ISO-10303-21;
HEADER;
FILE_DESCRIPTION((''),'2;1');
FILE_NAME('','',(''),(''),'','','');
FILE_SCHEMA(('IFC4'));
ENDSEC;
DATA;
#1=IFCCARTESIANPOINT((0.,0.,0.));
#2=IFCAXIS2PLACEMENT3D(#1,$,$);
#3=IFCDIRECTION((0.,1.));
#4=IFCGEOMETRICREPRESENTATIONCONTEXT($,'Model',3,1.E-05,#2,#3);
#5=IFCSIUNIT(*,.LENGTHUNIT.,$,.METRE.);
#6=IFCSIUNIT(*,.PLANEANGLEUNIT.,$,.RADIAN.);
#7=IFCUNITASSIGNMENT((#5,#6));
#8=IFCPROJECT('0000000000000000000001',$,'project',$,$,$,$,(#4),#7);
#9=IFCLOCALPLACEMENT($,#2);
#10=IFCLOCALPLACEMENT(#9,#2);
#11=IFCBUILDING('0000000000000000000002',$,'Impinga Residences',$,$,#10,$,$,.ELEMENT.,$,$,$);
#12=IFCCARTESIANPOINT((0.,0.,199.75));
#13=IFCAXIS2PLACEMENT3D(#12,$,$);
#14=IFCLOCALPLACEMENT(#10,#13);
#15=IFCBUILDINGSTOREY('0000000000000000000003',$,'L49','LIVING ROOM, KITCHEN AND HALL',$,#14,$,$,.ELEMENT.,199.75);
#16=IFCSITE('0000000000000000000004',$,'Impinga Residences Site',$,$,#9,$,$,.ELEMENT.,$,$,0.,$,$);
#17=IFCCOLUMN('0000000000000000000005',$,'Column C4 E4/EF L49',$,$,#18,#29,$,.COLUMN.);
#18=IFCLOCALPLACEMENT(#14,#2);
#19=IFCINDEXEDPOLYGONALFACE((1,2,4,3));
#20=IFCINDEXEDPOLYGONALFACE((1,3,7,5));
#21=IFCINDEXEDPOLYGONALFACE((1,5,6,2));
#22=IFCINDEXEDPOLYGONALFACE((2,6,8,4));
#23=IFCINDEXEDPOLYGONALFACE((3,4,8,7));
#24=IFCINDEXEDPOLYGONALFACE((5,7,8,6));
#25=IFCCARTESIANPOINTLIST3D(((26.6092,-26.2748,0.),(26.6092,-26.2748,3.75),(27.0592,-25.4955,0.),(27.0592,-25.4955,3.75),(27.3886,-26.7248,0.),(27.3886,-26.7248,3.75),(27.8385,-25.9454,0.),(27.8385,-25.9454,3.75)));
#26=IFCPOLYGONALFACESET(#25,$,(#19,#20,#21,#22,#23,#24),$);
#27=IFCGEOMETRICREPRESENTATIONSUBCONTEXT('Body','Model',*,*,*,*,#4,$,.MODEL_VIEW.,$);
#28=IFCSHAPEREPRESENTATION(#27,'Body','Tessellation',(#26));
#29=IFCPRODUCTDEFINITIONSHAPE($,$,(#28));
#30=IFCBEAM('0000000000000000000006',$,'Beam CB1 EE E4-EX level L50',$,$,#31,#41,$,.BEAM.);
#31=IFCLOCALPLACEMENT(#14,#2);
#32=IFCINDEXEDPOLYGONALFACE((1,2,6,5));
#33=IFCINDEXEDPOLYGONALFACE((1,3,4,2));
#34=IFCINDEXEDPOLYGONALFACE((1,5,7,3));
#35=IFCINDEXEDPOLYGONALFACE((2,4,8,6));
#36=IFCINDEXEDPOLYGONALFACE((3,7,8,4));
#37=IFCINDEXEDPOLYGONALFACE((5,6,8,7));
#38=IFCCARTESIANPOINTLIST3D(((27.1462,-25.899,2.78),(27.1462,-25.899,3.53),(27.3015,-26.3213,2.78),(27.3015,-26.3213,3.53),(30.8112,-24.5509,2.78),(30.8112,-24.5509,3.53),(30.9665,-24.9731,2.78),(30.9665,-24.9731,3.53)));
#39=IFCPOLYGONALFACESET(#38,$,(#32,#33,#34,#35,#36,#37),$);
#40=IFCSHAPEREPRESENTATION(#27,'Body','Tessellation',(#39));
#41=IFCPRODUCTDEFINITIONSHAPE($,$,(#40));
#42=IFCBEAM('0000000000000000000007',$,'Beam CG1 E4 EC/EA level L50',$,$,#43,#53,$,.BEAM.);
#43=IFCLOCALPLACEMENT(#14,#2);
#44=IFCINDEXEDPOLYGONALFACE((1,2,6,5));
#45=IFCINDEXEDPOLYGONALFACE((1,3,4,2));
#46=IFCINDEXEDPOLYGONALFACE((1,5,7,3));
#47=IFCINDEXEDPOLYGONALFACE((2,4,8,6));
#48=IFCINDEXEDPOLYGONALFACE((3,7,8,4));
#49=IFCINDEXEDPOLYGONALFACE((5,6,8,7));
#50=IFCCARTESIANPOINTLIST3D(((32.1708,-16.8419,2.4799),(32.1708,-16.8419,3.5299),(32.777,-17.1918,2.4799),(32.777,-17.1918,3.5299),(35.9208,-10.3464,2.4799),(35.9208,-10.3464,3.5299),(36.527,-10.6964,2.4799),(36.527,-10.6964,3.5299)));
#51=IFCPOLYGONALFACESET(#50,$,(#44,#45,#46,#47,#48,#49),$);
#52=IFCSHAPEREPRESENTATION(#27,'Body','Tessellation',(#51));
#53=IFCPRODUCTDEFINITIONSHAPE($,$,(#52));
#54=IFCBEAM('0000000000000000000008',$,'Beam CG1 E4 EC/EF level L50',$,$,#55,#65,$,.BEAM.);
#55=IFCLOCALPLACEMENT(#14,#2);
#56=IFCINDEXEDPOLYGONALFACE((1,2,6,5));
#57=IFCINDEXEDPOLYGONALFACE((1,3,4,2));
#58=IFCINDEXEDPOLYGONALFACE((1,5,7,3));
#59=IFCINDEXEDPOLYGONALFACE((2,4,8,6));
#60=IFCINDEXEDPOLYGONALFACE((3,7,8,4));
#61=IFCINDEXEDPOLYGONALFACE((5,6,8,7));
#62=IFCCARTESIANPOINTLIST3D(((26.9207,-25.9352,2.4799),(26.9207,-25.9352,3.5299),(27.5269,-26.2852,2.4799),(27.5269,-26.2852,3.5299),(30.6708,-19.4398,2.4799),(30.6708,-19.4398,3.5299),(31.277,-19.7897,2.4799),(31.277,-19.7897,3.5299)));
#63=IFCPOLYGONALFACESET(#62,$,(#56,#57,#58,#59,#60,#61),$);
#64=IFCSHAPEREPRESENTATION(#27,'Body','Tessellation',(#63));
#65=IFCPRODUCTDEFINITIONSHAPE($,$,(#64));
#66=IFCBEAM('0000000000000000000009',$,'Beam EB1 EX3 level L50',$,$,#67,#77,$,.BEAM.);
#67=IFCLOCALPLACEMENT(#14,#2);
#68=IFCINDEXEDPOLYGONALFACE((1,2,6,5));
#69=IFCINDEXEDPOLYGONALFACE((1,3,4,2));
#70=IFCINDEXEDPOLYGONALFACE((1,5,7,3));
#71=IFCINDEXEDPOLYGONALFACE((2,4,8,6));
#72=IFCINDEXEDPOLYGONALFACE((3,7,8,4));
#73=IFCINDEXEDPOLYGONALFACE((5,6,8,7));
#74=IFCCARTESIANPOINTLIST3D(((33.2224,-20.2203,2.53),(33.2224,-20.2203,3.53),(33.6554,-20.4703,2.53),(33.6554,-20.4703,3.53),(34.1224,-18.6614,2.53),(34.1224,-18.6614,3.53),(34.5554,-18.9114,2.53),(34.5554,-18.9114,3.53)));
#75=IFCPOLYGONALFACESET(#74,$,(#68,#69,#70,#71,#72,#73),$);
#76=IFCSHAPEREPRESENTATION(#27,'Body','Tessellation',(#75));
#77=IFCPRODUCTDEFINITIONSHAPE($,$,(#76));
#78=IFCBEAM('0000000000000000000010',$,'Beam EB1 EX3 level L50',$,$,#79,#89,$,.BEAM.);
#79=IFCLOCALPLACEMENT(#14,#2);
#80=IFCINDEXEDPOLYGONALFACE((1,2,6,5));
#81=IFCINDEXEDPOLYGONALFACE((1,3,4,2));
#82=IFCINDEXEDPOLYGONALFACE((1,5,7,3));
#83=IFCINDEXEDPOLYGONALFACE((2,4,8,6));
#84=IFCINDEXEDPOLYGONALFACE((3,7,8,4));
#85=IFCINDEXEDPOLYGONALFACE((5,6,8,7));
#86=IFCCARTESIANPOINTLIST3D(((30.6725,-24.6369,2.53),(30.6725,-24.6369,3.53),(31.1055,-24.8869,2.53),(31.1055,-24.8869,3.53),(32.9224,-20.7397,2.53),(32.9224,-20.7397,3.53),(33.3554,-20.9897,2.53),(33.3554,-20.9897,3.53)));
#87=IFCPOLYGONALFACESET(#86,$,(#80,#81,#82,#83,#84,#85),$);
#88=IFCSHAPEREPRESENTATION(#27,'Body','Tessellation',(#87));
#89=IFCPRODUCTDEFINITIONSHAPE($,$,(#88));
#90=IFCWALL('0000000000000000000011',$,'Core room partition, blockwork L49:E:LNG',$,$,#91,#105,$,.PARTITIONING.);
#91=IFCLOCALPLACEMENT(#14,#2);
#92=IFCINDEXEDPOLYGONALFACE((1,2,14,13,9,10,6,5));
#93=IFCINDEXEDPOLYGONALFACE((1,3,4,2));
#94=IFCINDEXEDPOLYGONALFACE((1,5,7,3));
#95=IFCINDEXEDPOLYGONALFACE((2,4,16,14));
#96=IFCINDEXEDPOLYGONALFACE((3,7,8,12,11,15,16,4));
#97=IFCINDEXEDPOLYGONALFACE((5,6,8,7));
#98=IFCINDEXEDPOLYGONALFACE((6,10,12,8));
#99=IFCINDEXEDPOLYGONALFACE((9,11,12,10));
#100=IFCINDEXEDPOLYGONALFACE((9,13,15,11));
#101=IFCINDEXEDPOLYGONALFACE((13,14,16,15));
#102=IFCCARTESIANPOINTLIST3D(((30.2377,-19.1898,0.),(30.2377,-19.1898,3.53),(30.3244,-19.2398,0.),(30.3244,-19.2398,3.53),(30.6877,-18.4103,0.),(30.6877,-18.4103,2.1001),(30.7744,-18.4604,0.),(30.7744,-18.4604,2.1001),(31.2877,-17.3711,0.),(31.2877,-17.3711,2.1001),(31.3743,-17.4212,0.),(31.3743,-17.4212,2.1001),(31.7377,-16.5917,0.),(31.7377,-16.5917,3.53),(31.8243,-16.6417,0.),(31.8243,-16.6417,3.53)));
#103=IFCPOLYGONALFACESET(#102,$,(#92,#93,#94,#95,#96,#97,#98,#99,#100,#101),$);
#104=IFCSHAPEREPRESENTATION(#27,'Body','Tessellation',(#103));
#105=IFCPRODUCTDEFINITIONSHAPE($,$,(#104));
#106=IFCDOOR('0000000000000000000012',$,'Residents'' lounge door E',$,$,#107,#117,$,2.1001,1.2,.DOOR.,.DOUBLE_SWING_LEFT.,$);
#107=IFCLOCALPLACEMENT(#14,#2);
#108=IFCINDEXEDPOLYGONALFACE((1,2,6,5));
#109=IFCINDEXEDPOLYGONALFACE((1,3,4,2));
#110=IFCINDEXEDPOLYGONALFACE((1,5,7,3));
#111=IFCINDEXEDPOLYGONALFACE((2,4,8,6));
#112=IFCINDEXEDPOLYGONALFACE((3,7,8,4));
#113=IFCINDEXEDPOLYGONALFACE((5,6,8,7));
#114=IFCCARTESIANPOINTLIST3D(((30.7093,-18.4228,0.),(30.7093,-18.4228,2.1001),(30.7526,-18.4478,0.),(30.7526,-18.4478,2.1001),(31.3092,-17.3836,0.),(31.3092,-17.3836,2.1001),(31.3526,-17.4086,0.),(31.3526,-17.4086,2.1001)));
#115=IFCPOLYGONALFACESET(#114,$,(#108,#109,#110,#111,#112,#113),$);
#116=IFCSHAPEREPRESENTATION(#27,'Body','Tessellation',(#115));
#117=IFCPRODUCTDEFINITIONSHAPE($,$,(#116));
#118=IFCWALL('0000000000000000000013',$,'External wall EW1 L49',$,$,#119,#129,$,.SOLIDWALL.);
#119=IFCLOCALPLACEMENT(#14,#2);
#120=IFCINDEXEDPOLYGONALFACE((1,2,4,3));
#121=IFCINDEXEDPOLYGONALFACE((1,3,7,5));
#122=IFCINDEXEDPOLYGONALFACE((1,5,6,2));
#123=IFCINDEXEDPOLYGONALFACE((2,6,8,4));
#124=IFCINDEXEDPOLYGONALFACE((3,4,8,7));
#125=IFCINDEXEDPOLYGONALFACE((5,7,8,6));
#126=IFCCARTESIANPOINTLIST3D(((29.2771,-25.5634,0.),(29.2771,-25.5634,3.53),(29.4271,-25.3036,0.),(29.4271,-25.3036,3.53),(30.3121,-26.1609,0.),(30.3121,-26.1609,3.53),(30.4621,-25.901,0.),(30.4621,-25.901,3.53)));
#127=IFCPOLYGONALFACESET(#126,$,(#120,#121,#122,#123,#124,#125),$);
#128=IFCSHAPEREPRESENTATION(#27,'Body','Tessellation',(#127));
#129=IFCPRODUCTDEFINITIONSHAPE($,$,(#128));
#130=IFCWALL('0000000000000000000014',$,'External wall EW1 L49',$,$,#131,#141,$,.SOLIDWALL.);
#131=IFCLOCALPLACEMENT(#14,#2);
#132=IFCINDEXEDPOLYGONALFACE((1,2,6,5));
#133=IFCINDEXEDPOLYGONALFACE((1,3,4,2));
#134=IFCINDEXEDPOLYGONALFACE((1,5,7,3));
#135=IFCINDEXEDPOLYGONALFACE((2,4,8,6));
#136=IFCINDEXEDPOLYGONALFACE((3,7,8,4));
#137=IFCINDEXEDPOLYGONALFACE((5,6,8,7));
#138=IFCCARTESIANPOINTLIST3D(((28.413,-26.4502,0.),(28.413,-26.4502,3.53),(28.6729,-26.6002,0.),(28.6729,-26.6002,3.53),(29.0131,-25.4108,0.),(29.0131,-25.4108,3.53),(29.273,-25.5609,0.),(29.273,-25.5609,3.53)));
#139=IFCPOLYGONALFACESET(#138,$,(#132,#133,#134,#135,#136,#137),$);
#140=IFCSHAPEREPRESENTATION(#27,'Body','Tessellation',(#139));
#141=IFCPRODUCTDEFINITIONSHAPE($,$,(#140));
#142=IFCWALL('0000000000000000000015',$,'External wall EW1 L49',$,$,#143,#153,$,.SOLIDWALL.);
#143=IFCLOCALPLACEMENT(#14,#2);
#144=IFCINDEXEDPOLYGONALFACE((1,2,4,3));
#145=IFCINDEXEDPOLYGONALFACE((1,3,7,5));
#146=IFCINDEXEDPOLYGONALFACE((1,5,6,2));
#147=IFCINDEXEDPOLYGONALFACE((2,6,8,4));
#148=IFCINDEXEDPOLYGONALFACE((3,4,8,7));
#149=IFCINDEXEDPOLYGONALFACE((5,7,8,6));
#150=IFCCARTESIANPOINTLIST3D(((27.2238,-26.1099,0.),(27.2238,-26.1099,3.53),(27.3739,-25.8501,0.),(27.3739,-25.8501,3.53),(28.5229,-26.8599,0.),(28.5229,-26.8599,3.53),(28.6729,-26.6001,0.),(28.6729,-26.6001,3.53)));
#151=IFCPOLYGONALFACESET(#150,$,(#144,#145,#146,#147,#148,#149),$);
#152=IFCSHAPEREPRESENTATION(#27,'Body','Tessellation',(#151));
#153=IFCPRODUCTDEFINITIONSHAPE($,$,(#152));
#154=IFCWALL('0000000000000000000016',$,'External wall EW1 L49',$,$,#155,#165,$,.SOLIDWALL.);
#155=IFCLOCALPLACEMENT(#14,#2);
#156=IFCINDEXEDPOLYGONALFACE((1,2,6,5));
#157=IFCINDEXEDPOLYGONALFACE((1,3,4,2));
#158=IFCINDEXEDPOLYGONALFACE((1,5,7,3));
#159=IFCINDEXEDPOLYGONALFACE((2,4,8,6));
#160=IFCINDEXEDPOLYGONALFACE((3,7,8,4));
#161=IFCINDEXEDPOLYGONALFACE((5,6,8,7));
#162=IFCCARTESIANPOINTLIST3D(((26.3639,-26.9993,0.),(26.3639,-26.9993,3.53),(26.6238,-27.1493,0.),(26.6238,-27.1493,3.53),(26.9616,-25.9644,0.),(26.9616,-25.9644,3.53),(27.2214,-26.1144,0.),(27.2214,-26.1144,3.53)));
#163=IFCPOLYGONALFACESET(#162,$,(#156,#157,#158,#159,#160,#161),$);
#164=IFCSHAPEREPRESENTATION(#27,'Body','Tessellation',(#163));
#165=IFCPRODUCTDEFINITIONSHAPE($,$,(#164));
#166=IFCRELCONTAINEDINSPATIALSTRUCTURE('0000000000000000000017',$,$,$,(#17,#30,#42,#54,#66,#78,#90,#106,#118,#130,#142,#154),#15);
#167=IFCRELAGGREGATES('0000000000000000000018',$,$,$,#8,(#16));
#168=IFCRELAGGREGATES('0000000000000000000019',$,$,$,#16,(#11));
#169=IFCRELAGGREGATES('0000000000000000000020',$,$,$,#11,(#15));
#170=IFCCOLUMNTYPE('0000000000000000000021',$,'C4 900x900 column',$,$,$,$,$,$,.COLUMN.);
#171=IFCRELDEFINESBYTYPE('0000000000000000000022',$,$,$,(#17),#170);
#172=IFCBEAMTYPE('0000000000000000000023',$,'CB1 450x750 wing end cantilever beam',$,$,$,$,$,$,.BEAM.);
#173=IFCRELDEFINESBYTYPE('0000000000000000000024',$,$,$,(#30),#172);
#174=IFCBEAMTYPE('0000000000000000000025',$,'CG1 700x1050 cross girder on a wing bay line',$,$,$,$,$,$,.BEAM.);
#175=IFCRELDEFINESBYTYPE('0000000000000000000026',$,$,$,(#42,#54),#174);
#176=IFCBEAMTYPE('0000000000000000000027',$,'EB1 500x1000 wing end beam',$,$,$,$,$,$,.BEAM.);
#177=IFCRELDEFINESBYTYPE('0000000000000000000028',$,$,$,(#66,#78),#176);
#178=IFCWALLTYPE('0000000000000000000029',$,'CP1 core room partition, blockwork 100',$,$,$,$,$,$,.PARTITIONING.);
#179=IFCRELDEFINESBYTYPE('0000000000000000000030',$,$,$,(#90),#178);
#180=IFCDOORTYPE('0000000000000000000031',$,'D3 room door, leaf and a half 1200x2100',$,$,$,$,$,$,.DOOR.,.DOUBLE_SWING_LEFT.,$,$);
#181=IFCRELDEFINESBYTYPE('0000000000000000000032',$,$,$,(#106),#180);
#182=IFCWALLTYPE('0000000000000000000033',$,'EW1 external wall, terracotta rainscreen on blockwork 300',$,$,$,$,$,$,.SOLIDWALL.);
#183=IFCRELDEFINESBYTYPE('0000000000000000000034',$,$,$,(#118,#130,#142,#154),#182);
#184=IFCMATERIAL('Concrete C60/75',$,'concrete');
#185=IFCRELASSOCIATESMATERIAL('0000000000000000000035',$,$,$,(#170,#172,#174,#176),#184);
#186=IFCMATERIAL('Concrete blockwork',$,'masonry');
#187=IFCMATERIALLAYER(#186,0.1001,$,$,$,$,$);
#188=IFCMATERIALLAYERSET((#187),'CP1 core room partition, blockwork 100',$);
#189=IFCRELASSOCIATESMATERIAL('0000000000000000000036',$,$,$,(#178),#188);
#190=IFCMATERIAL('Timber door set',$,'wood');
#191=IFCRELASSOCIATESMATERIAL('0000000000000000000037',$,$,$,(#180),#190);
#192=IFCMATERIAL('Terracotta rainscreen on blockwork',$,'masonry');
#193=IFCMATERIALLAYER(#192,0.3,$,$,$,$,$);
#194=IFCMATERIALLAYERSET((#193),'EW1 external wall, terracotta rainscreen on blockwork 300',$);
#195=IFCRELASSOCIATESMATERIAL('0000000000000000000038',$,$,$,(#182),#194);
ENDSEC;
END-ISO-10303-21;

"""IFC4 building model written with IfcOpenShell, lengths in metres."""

from ifc_helpers import new_model, si_unit, direction, frame, frame_2d, origin, origin_2d, place, context, subcontext, project, spatial, rectangle, extrude, material, layer, layer_set, material_profile, profile_set, type_object, element, fill, save


model = new_model("IFC4")

# Units and contexts
model_context = context("Model", 3, precision=1e-05, world=origin(), true_north=direction((0.0, 1.0)))
body_context = subcontext(model_context, "Body", "Model", "MODEL_VIEW")
ifc_project = project(units=[si_unit("LENGTHUNIT", "METRE"), si_unit("PLANEANGLEUNIT", "RADIAN")], contexts=[model_context])

# Site, building, storey
site_placement = place(None, origin())
site = spatial("IfcSite", under=ifc_project, at=site_placement, Name="Impinga Residences Site", CompositionType="ELEMENT", RefElevation=0.0)
building_placement = place(site_placement, origin())
building = spatial("IfcBuilding", under=site, at=building_placement, Name="Impinga Residences", CompositionType="ELEMENT")
storey_placement = place(building_placement, frame((0.0, 0.0, 199.75)))
storey = spatial("IfcBuildingStorey", under=building, at=storey_placement, Name="L49", Description="LIVING ROOM, KITCHEN AND HALL", CompositionType="ELEMENT", Elevation=199.75)

# Column
ifc_material_1 = material(Name="Concrete C60/75", Category="concrete")
ifc_material_profile_1 = material_profile(ifc_material_1, rectangle(XDim=0.8999, YDim=0.8999, at=origin_2d()), Name="RC 900x900")
ifc_profile_set_1 = profile_set([ifc_material_profile_1], Name="Concrete C60/75")
column_type = type_object("IfcColumnType", Name="C4 900x900 column", PredefinedType="COLUMN", material=ifc_profile_set_1)
column_placement = place(storey_placement, frame((27.2239, -26.1101, 0.0), z_axis=(0.0, 0.0, 1.0), x_axis=(-0.5, -0.866025, 0.0)))
element("IfcColumn", 1, at=column_placement, inside=storey, type_object=column_type, Name="Column C4 E4/EF L49", PredefinedType="COLUMN", context=body_context, shape_type="SweptSolid", body=[
    extrude(rectangle(XDim=0.8999, YDim=0.8999, at=origin_2d()), origin(), (0.0, 0.0, 1.0), 3.75),
])

# Beams
ifc_material_profile_2 = material_profile(ifc_material_1, rectangle(XDim=0.45, YDim=0.75, at=origin_2d()), Name="RC 450x750")
ifc_profile_set_2 = profile_set([ifc_material_profile_2], Name="Concrete C60/75")
beam_type_1 = type_object("IfcBeamType", Name="CB1 450x750 wing end cantilever beam", PredefinedType="BEAM", material=ifc_profile_set_2)
beam_1_placement = place(storey_placement, frame((27.2239, -26.1101, 3.155), z_axis=(0.93852, 0.345224, 0.0), x_axis=(-0.345224, 0.93852, 0.0)))
element("IfcBeam", 2, at=beam_1_placement, inside=storey, type_object=beam_type_1, Name="Beam CB1 EE E4-EX level L50", PredefinedType="BEAM", context=body_context, shape_type="SweptSolid", body=[
    extrude(rectangle(XDim=0.45, YDim=0.75, at=origin_2d()), origin(), (0.0, 0.0, 1.0), 3.905),
])
ifc_material_profile_3 = material_profile(ifc_material_1, rectangle(XDim=0.7, YDim=1.05, at=origin_2d()), Name="RC 700x1050")
ifc_profile_set_3 = profile_set([ifc_material_profile_3], Name="Concrete C60/75")
beam_type_2 = type_object("IfcBeamType", Name="CG1 700x1050 cross girder on a wing bay line", PredefinedType="BEAM", material=ifc_profile_set_3)
for number, where, z_axis, x_axis, name in (
    (3, (32.4739, -17.0168, 3.0049), (0.49999, 0.866031, 0.0), (-0.866031, 0.49999, 0.0), "Beam CG1 E4 EC/EA level L50"),
    (4, (30.9739, -19.6147, 3.0049), (-0.49999, -0.866031, 0.0), (0.866031, -0.49999, 0.0), "Beam CG1 E4 EC/EF level L50"),
):
    element("IfcBeam", number, at=place(storey_placement, frame(where, z_axis=z_axis, x_axis=x_axis)), inside=storey, type_object=beam_type_2, Name=name, PredefinedType="BEAM", context=body_context, shape_type="SweptSolid", body=[
        extrude(rectangle(XDim=0.7, YDim=1.05, at=origin_2d()), origin(), (0.0, 0.0, 1.0), 7.5002),
    ])
ifc_material_profile_4 = material_profile(ifc_material_1, rectangle(XDim=0.5, YDim=1.0, at=origin_2d()), Name="RC 500x1000")
ifc_profile_set_4 = profile_set([ifc_material_profile_4], Name="Concrete C60/75")
beam_type_3 = type_object("IfcBeamType", Name="EB1 500x1000 wing end beam", PredefinedType="BEAM", material=ifc_profile_set_4)
beam_2_placement = place(storey_placement, frame((34.3389, -18.7864, 3.03), z_axis=(-0.499961, -0.866048, 0.0), x_axis=(0.866048, -0.499961, 0.0)))
element("IfcBeam", 5, at=beam_2_placement, inside=storey, type_object=beam_type_3, Name="Beam EB1 EX3 level L50", PredefinedType="BEAM", context=body_context, shape_type="SweptSolid", body=[
    extrude(rectangle(XDim=0.5, YDim=1.0, at=origin_2d()), origin(), (0.0, 0.0, 1.0), 1.8),
])
beam_3_placement = place(storey_placement, frame((33.1389, -20.8647, 3.03), z_axis=(-0.49999, -0.866031, 0.0), x_axis=(0.866031, -0.49999, 0.0)))
element("IfcBeam", 6, at=beam_3_placement, inside=storey, type_object=beam_type_3, Name="Beam EB1 EX3 level L50", PredefinedType="BEAM", context=body_context, shape_type="SweptSolid", body=[
    extrude(rectangle(XDim=0.5, YDim=1.0, at=origin_2d()), origin(), (0.0, 0.0, 1.0), 4.5),
])

# Wall, opening, door
ifc_material_2 = material(Name="Concrete blockwork", Category="masonry")
ifc_layer_1 = layer(ifc_material_2, 0.1001)
ifc_layer_set_1 = layer_set([ifc_layer_1], Name="CP1 core room partition, blockwork 100")
wall_type_1 = type_object("IfcWallType", Name="CP1 core room partition, blockwork 100", PredefinedType="PARTITIONING", material=ifc_layer_set_1)
wall_1_placement = place(storey_placement, frame((31.781, -16.6167, 0.0), z_axis=(0.0, 0.0, 1.0), x_axis=(-0.49999, -0.866031, 0.0)))
wall_1 = element("IfcWall", 7, at=wall_1_placement, inside=storey, type_object=wall_type_1, Name="Core room partition, blockwork L49:E:LNG", PredefinedType="PARTITIONING", context=body_context, shape_type="SweptSolid", body=[
    extrude(rectangle(XDim=3.0, YDim=0.1001, at=frame_2d((1.5, 0.0))), origin(), (0.0, 0.0, 1.0), 3.53),
])
opening_1_placement = place(wall_1_placement, frame((0.8999, 0.0, 0.0)))
opening_1 = element("IfcOpeningElement", 8, at=opening_1_placement, cuts=wall_1, PredefinedType="OPENING", context=body_context, shape_type="SweptSolid", body=[
    extrude(rectangle(XDim=1.2, YDim=2.1001, at=frame_2d((0.6001, 1.05))), frame((0.0, 0.0601, 0.0), z_axis=(0.0, -1.0, 0.0), x_axis=(1.0, 0.0, 0.0)), (0.0, 0.0, 1.0), 0.1201),
])
ifc_material_3 = material(Name="Timber door set", Category="wood")
door_type_1 = type_object("IfcDoorType", Name="D3 room door, leaf and a half 1200x2100", OperationType="DOUBLE_SWING_LEFT", PredefinedType="DOOR", material=ifc_material_3)
door_1_placement = place(opening_1_placement, origin())
door_1 = element("IfcDoor", 9, at=door_1_placement, inside=storey, type_object=door_type_1, Name="Residents' lounge door E", OperationType="DOUBLE_SWING_LEFT", OverallHeight=2.1001, OverallWidth=1.2, PredefinedType="DOOR", context=body_context, shape_type="SweptSolid", body=[
    extrude(rectangle(XDim=1.2, YDim=2.1001, at=frame_2d((0.6001, 1.05))), frame((0.0, 0.0249, 0.0), z_axis=(0.0, -1.0, 0.0), x_axis=(1.0, 0.0, 0.0)), (0.0, 0.0, 1.0), 0.05),
])
fill(opening_1, door_1)

# Walls
ifc_material_4 = material(Name="Terracotta rainscreen on blockwork", Category="masonry")
ifc_layer_2 = layer(ifc_material_4, 0.3)
ifc_layer_set_2 = layer_set([ifc_layer_2], Name="EW1 external wall, terracotta rainscreen on blockwork 300")
wall_type_2 = type_object("IfcWallType", Name="EW1 external wall, terracotta rainscreen on blockwork 300", PredefinedType="SOLIDWALL", material=ifc_layer_set_2)
wall_2_placement = place(storey_placement, frame((30.3872, -26.031, 0.0), z_axis=(0.0, 0.0, 1.0), x_axis=(-0.86606, 0.499941, 0.0)))
element("IfcWall", 10, at=wall_2_placement, inside=storey, type_object=wall_type_2, Name="External wall EW1 L49", PredefinedType="SOLIDWALL", context=body_context, shape_type="SweptSolid", body=[
    extrude(rectangle(XDim=1.1951, YDim=0.3, at=frame_2d((0.5977, 0.0))), origin(), (0.0, 0.0, 1.0), 3.53),
])
wall_3_placement = place(storey_placement, frame((29.1431, -25.4858, 0.0), z_axis=(0.0, 0.0, 1.0), x_axis=(-0.500034, -0.866006, 0.0)))
element("IfcWall", 11, at=wall_3_placement, inside=storey, type_object=wall_type_2, Name="External wall EW1 L49", PredefinedType="SOLIDWALL", context=body_context, shape_type="SweptSolid", body=[
    extrude(rectangle(XDim=1.2002, YDim=0.3, at=frame_2d((0.6001, 0.0))), origin(), (0.0, 0.0, 1.0), 3.53),
])
wall_4_placement = place(storey_placement, frame((28.5979, -26.73, 0.0), z_axis=(0.0, 0.0, 1.0), x_axis=(-0.866031, 0.49999, 0.0)))
element("IfcWall", 12, at=wall_4_placement, inside=storey, type_object=wall_type_2, Name="External wall EW1 L49", PredefinedType="SOLIDWALL", context=body_context, shape_type="SweptSolid", body=[
    extrude(rectangle(XDim=1.5, YDim=0.3, at=frame_2d((0.75, 0.0))), origin(), (0.0, 0.0, 1.0), 3.53),
])
wall_5_placement = place(storey_placement, frame((27.0916, -26.0393, 0.0), z_axis=(0.0, 0.0, 1.0), x_axis=(-0.500094, -0.865971, 0.0)))
element("IfcWall", 13, at=wall_5_placement, inside=storey, type_object=wall_type_2, Name="External wall EW1 L49", PredefinedType="SOLIDWALL", context=body_context, shape_type="SweptSolid", body=[
    extrude(rectangle(XDim=1.1951, YDim=0.3, at=frame_2d((0.5977, 0.0))), origin(), (0.0, 0.0, 1.0), 3.53),
])

save(model, "model.ifc")
